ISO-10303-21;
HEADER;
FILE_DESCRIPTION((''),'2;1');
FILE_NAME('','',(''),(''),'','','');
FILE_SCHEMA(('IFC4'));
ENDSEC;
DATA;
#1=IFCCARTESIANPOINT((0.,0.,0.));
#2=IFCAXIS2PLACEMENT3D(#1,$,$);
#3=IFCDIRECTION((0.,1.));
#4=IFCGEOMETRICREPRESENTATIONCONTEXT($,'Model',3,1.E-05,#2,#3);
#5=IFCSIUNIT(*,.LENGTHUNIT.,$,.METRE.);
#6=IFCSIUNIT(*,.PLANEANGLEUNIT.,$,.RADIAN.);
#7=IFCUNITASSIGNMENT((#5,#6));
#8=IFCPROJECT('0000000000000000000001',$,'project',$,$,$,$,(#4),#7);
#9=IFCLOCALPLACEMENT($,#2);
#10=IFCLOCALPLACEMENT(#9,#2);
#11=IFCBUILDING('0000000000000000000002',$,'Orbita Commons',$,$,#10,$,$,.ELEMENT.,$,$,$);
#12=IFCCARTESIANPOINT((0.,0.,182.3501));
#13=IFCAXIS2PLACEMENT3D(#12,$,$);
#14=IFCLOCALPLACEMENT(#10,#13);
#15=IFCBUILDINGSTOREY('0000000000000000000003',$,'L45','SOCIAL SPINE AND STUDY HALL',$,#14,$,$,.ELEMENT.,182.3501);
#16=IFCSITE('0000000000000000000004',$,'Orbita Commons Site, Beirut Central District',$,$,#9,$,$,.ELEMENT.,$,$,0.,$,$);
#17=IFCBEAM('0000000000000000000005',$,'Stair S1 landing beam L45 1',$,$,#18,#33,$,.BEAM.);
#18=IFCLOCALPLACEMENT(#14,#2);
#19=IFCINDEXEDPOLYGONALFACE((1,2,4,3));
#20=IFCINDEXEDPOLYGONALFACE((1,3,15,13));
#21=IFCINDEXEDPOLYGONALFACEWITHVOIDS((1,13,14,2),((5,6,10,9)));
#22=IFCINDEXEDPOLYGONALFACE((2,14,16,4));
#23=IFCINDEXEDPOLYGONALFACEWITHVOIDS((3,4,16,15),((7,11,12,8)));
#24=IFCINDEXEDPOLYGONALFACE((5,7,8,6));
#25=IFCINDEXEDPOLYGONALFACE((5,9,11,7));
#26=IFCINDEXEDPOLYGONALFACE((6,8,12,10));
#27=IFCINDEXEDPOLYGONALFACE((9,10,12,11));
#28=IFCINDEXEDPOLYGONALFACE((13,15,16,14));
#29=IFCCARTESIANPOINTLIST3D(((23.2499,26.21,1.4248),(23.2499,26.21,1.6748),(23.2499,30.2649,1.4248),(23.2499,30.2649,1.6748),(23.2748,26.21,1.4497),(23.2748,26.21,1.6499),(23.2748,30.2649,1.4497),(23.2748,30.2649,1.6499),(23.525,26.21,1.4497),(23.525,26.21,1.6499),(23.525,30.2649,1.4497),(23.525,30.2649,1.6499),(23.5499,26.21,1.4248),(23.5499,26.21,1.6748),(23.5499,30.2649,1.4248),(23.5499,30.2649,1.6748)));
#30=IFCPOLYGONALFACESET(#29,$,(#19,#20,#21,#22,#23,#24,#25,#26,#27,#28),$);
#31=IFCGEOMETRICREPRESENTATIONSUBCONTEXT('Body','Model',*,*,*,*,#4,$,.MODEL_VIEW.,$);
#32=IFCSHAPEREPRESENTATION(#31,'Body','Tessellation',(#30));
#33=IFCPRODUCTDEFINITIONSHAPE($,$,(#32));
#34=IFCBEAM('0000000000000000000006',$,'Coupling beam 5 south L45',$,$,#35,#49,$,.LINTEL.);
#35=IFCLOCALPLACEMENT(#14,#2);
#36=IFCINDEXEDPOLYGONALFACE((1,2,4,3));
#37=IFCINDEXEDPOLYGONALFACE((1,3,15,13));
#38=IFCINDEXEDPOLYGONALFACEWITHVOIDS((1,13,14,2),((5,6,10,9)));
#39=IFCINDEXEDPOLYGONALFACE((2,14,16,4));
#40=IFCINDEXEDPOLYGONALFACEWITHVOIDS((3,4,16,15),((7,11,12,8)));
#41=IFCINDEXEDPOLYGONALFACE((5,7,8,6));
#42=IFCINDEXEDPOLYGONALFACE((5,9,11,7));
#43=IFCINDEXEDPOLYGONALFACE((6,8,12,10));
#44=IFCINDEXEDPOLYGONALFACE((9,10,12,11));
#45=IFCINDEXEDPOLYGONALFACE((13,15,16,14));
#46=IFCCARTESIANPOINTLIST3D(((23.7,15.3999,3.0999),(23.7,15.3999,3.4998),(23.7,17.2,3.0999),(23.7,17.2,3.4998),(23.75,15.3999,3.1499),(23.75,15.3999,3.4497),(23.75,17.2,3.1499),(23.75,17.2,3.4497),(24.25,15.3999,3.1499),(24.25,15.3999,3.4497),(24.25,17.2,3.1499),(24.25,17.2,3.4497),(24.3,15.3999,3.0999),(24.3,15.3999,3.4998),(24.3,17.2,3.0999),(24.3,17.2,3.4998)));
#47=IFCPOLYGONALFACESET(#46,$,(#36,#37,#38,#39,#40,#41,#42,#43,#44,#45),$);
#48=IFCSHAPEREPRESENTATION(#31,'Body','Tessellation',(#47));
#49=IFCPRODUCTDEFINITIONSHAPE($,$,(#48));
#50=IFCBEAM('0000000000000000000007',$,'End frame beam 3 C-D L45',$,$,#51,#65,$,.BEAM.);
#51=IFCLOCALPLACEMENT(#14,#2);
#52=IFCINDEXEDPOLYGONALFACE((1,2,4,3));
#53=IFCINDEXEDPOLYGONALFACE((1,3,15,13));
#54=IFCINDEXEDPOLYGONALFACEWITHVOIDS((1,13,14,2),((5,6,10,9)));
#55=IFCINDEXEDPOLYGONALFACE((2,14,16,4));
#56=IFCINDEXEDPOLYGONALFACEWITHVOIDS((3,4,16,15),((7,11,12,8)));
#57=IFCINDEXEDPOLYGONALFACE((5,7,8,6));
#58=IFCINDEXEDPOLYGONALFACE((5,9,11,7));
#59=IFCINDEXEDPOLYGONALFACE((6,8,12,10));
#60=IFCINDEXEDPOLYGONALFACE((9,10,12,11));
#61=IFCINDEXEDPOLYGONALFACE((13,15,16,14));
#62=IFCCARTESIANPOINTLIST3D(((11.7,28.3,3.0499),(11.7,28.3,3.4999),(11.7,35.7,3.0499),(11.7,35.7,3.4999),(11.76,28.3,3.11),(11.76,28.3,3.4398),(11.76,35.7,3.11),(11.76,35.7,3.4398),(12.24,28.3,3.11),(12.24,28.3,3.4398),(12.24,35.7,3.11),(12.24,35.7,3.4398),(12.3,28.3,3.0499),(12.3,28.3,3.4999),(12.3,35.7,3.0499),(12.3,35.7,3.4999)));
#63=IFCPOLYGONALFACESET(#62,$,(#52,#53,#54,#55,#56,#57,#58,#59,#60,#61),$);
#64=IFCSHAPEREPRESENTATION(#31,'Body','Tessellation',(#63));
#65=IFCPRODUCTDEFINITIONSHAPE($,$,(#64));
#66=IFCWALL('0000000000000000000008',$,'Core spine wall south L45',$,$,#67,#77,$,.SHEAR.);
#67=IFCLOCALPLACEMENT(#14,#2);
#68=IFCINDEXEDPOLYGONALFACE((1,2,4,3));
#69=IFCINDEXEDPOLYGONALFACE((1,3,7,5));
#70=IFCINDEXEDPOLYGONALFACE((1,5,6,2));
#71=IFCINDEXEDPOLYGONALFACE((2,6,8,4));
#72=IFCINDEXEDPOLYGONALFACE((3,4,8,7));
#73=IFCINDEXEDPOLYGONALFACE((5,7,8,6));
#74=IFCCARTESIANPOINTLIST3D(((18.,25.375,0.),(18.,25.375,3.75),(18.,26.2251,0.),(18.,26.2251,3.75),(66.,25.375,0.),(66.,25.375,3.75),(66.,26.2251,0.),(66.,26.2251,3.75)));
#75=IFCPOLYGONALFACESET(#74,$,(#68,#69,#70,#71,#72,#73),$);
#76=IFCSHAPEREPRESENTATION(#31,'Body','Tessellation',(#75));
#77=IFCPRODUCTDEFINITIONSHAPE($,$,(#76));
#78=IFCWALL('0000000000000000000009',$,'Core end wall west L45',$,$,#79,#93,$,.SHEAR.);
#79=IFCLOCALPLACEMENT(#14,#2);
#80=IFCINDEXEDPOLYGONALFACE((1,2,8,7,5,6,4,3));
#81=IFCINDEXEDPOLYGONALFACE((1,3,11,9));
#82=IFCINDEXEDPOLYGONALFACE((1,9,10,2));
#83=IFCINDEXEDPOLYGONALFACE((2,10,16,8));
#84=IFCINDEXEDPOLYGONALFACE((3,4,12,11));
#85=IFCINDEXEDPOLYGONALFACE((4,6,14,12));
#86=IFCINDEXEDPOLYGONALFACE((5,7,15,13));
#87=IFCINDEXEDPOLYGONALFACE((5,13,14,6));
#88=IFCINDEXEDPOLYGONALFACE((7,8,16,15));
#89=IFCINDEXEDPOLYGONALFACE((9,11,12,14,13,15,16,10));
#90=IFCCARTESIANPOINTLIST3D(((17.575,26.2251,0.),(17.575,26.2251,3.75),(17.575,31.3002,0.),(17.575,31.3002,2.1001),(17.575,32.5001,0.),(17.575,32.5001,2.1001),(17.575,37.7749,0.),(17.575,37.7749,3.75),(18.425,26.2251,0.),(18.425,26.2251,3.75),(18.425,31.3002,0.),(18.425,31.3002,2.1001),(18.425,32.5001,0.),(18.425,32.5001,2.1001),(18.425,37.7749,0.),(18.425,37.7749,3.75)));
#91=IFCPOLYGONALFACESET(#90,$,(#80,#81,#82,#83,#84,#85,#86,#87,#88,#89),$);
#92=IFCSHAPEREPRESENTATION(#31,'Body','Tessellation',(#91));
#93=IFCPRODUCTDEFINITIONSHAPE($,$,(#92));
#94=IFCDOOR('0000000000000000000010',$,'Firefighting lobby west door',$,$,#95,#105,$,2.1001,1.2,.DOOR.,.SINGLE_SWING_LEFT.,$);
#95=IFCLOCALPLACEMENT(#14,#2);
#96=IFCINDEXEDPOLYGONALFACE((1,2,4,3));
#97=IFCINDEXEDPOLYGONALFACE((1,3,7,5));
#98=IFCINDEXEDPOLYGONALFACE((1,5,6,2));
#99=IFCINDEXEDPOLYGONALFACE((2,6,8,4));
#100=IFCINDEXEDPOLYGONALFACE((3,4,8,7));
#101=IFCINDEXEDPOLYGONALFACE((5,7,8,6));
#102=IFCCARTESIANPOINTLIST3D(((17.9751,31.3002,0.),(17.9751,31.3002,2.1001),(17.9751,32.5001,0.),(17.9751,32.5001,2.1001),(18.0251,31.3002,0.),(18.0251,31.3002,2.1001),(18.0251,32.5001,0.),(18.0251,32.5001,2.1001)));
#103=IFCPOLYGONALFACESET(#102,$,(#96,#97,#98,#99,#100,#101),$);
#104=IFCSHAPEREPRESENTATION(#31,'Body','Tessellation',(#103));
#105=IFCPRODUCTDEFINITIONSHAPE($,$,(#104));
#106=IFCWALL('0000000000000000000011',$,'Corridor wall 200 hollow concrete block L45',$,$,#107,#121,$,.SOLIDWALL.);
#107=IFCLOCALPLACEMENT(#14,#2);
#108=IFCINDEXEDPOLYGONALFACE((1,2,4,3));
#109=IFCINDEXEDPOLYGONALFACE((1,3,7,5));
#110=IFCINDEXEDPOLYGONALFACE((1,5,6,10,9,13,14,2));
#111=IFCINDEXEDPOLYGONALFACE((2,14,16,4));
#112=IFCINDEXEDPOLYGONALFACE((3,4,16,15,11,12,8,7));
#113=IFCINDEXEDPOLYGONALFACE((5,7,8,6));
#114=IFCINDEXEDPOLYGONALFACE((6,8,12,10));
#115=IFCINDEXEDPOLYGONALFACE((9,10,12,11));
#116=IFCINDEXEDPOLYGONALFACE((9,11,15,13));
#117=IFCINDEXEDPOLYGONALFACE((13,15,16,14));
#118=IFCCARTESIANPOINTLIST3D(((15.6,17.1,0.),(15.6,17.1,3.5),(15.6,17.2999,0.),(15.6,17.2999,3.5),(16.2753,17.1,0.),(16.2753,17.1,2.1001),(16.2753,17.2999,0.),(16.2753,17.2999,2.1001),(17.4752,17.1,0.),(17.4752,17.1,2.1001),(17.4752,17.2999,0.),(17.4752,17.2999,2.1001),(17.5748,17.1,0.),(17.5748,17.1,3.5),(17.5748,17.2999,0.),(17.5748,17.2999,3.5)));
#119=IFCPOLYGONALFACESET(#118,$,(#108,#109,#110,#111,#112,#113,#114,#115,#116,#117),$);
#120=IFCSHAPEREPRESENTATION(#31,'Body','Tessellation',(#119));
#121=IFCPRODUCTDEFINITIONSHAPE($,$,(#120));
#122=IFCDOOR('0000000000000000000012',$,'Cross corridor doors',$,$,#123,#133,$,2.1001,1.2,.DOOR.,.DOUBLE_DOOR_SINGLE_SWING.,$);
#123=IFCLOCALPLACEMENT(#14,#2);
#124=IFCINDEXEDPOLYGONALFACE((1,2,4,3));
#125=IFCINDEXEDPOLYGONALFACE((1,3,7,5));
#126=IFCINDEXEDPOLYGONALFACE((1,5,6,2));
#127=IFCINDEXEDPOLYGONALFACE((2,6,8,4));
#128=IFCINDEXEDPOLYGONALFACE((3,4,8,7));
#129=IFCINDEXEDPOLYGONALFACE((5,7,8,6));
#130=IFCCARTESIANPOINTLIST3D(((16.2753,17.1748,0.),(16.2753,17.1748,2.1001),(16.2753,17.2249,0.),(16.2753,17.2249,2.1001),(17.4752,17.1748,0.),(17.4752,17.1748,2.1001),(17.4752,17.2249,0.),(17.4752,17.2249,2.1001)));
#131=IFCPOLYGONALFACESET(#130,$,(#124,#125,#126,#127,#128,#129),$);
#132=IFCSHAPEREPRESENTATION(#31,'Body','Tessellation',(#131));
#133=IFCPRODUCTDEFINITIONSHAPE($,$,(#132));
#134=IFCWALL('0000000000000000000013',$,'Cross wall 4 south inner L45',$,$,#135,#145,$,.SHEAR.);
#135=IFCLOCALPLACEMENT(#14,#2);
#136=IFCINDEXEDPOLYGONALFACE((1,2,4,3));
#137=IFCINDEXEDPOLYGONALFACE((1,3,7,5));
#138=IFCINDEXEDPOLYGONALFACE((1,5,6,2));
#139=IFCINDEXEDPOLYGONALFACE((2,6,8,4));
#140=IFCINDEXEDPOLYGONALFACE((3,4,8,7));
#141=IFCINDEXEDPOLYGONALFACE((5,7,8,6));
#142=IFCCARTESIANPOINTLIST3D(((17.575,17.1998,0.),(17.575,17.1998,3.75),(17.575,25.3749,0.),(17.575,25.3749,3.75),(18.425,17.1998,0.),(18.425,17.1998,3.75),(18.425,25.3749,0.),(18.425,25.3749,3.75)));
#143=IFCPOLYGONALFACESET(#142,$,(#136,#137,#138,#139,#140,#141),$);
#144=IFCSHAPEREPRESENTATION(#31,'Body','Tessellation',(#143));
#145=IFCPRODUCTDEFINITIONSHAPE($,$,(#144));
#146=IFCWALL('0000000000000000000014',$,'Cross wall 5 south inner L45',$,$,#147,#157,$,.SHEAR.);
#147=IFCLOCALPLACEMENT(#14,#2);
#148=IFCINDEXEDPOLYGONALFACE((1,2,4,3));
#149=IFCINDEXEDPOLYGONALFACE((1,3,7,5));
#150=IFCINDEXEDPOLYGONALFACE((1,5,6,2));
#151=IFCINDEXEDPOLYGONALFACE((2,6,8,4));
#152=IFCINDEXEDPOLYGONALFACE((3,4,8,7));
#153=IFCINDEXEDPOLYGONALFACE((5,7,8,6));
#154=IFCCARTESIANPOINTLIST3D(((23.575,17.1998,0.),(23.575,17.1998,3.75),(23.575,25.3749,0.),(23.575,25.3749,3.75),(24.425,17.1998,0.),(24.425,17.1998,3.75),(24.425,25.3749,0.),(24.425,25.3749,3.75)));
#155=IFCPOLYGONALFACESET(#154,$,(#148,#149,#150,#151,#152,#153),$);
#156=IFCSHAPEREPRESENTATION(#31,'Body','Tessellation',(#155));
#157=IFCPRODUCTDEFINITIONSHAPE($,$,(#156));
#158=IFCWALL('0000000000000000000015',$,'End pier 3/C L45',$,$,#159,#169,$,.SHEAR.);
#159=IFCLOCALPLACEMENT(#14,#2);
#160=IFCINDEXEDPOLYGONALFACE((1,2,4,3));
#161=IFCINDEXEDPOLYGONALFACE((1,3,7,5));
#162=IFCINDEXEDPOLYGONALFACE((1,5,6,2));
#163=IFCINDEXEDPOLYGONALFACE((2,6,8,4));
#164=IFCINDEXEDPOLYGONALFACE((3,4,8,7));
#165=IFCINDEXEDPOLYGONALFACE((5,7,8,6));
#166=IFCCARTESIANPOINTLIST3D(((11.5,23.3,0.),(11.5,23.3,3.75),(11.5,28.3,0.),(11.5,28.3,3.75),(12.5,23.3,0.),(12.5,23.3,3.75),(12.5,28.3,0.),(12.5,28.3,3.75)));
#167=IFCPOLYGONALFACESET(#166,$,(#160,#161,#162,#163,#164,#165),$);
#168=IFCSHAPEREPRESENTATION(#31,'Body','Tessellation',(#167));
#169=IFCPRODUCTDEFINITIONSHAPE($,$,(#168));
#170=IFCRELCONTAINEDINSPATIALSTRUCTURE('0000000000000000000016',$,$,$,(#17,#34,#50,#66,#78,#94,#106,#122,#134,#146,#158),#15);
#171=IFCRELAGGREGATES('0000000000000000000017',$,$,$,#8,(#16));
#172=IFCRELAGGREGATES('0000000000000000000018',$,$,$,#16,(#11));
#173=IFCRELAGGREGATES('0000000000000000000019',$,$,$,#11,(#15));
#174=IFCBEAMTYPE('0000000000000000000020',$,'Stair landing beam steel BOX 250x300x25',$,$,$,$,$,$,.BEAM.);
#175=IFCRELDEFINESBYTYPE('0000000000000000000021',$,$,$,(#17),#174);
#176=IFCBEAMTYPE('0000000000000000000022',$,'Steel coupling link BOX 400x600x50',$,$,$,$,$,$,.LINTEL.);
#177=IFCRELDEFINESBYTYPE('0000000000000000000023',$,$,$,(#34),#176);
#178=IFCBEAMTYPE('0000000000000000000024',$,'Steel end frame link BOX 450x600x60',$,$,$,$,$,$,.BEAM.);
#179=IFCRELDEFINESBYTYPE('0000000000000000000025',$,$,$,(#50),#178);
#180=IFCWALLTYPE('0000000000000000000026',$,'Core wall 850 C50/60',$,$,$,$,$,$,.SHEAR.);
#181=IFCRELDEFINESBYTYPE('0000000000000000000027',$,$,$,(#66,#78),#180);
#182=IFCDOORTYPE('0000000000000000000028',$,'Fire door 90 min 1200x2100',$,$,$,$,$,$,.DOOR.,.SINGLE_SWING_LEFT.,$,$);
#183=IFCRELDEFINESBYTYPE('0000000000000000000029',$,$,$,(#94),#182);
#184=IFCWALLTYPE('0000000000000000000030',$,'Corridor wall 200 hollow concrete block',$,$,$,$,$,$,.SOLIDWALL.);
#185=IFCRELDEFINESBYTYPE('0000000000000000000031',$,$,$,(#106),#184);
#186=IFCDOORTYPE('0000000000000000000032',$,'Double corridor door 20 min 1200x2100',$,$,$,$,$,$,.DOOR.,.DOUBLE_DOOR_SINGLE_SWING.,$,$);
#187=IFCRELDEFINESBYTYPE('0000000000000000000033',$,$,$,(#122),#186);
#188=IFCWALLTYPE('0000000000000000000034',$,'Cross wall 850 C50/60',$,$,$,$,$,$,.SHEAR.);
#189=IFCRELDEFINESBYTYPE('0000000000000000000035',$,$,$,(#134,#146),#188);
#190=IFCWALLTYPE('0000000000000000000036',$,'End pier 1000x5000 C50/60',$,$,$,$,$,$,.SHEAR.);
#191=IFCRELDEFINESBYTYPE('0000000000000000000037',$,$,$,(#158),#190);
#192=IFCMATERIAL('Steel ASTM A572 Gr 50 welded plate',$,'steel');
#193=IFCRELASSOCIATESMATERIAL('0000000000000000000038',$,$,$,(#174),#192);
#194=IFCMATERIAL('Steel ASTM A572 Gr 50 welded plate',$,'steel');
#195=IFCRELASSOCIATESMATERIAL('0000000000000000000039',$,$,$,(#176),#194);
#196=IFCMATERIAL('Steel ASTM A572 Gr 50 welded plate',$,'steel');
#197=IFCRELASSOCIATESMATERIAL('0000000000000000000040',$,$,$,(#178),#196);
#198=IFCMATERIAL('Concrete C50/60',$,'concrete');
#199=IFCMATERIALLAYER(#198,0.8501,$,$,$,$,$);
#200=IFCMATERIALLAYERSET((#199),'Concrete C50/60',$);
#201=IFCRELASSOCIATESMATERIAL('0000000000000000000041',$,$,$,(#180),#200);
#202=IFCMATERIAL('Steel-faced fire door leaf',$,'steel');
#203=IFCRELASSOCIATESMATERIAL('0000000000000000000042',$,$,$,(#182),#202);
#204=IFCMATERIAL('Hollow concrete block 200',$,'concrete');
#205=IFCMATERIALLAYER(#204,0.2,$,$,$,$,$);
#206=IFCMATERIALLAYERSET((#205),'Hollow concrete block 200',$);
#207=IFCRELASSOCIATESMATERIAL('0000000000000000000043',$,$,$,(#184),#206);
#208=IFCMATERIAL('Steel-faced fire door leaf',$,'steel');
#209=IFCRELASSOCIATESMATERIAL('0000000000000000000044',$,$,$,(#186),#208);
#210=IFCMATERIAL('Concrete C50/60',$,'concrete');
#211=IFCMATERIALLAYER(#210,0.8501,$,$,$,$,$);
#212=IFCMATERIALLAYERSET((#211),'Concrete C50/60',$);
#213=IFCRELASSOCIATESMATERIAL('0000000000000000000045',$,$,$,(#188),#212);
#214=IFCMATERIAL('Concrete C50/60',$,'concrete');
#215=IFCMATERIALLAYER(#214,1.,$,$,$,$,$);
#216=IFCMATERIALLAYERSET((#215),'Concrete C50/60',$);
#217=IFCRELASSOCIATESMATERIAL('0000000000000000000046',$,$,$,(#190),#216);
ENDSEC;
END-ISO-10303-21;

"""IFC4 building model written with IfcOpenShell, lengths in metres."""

from ifc_helpers import new_model, si_unit, direction, frame, frame_2d, origin, origin_2d, place, context, subcontext, project, spatial, rectangle, hollow_rectangle, extrude, material, layer, layer_set, material_profile, profile_set, type_object, element, fill, save


model = new_model("IFC4")

# Units and contexts
model_context = context("Model", 3, precision=1e-05, world=origin(), true_north=direction((0.0, 1.0)))
body_context = subcontext(model_context, "Body", "Model", "MODEL_VIEW")
ifc_project = project(units=[si_unit("LENGTHUNIT", "METRE"), si_unit("PLANEANGLEUNIT", "RADIAN")], contexts=[model_context])

# Site, building, storey
site_placement = place(None, origin())
site = spatial("IfcSite", under=ifc_project, at=site_placement, Name="Orbita Commons Site, Beirut Central District", CompositionType="ELEMENT", RefElevation=0.0)
building_placement = place(site_placement, origin())
building = spatial("IfcBuilding", under=site, at=building_placement, Name="Orbita Commons", CompositionType="ELEMENT")
storey_placement = place(building_placement, frame((0.0, 0.0, 182.3501)))
storey = spatial("IfcBuildingStorey", under=building, at=storey_placement, Name="L45", Description="SOCIAL SPINE AND STUDY HALL", CompositionType="ELEMENT", Elevation=182.3501)

# Beams
ifc_material_1 = material(Name="Steel ASTM A572 Gr 50 welded plate", Category="steel")
ifc_material_profile_1 = material_profile(ifc_material_1, hollow_rectangle(XDim=0.3, YDim=0.25, WallThickness=0.0249, at=origin_2d()), Name="BOX 250x300x25")
ifc_profile_set_1 = profile_set([ifc_material_profile_1], Name="Steel ASTM A572 Gr 50 welded plate")
beam_type_1 = type_object("IfcBeamType", Name="Stair landing beam steel BOX 250x300x25", PredefinedType="BEAM", material=ifc_profile_set_1)
beam_1_placement = place(storey_placement, frame((23.3999, 26.21, 1.5498), z_axis=(0.0, 1.0, 0.0), x_axis=(-1.0, 0.0, 0.0)))
element("IfcBeam", 1, at=beam_1_placement, inside=storey, type_object=beam_type_1, Name="Stair S1 landing beam L45 1", PredefinedType="BEAM", context=body_context, shape_type="SweptSolid", body=[
    extrude(hollow_rectangle(XDim=0.3, YDim=0.25, WallThickness=0.0249, at=origin_2d()), origin(), (0.0, 0.0, 1.0), 4.0549),
])
ifc_material_2 = material(Name="Steel ASTM A572 Gr 50 welded plate", Category="steel")
ifc_material_profile_2 = material_profile(ifc_material_2, hollow_rectangle(XDim=0.6001, YDim=0.3999, WallThickness=0.05, at=origin_2d()), Name="BOX 400x600x50")
ifc_profile_set_2 = profile_set([ifc_material_profile_2], Name="Steel ASTM A572 Gr 50 welded plate")
beam_type_2 = type_object("IfcBeamType", Name="Steel coupling link BOX 400x600x50", PredefinedType="LINTEL", material=ifc_profile_set_2)
beam_2_placement = place(storey_placement, frame((24.0, 15.3999, 3.2998), z_axis=(0.0, 1.0, 0.0), x_axis=(-1.0, 0.0, 0.0)))
element("IfcBeam", 2, at=beam_2_placement, inside=storey, type_object=beam_type_2, Name="Coupling beam 5 south L45", PredefinedType="LINTEL", context=body_context, shape_type="SweptSolid", body=[
    extrude(hollow_rectangle(XDim=0.6001, YDim=0.3999, WallThickness=0.05, at=origin_2d()), origin(), (0.0, 0.0, 1.0), 1.8),
])
ifc_material_3 = material(Name="Steel ASTM A572 Gr 50 welded plate", Category="steel")
ifc_material_profile_3 = material_profile(ifc_material_3, hollow_rectangle(XDim=0.6001, YDim=0.45, WallThickness=0.0601, at=origin_2d()), Name="BOX 450x600x60")
ifc_profile_set_3 = profile_set([ifc_material_profile_3], Name="Steel ASTM A572 Gr 50 welded plate")
beam_type_3 = type_object("IfcBeamType", Name="Steel end frame link BOX 450x600x60", PredefinedType="BEAM", material=ifc_profile_set_3)
beam_3_placement = place(storey_placement, frame((12.0, 28.3, 3.2749), z_axis=(0.0, 1.0, 0.0), x_axis=(-1.0, 0.0, 0.0)))
element("IfcBeam", 3, at=beam_3_placement, inside=storey, type_object=beam_type_3, Name="End frame beam 3 C-D L45", PredefinedType="BEAM", context=body_context, shape_type="SweptSolid", body=[
    extrude(hollow_rectangle(XDim=0.6001, YDim=0.45, WallThickness=0.0601, at=origin_2d()), origin(), (0.0, 0.0, 1.0), 7.3999),
])

# Wall
ifc_material_4 = material(Name="Concrete C50/60", Category="concrete")
ifc_layer_1 = layer(ifc_material_4, 0.8501)
ifc_layer_set_1 = layer_set([ifc_layer_1], Name="Concrete C50/60")
wall_type_1 = type_object("IfcWallType", Name="Core wall 850 C50/60", PredefinedType="SHEAR", material=ifc_layer_set_1)
wall_1_placement = place(storey_placement, frame((18.0, 25.8, 0.0), z_axis=(0.0, 0.0, 1.0), x_axis=(1.0, 0.0, 0.0)))
element("IfcWall", 4, at=wall_1_placement, inside=storey, type_object=wall_type_1, Name="Core spine wall south L45", PredefinedType="SHEAR", context=body_context, shape_type="SweptSolid", body=[
    extrude(rectangle(XDim=48.0, YDim=0.8501, at=frame_2d((24.0, 0.0))), origin(), (0.0, 0.0, 1.0), 3.75),
])

# Walls, openings, doors
wall_2_placement = place(storey_placement, frame((18.0, 26.2251, 0.0), z_axis=(0.0, 0.0, 1.0), x_axis=(0.0, 1.0, 0.0)))
wall_2 = element("IfcWall", 5, at=wall_2_placement, inside=storey, type_object=wall_type_1, Name="Core end wall west L45", PredefinedType="SHEAR", context=body_context, shape_type="SweptSolid", body=[
    extrude(rectangle(XDim=11.5498, YDim=0.8501, at=frame_2d((5.7749, 0.0))), origin(), (0.0, 0.0, 1.0), 3.75),
])
opening_1_placement = place(wall_2_placement, frame((5.075, 0.0, 0.0)))
opening_1 = element("IfcOpeningElement", 6, at=opening_1_placement, cuts=wall_2, PredefinedType="OPENING", context=body_context, shape_type="SweptSolid", body=[
    extrude(rectangle(XDim=1.2, YDim=2.1001, at=frame_2d((0.6001, 1.05))), frame((0.0, 0.4351, 0.0), z_axis=(0.0, -1.0, 0.0), x_axis=(1.0, 0.0, 0.0)), (0.0, 0.0, 1.0), 0.8701),
])
ifc_material_5 = material(Name="Steel-faced fire door leaf", Category="steel")
door_type_1 = type_object("IfcDoorType", Name="Fire door 90 min 1200x2100", OperationType="SINGLE_SWING_LEFT", PredefinedType="DOOR", material=ifc_material_5)
door_1_placement = place(opening_1_placement, origin())
door_1 = element("IfcDoor", 7, at=door_1_placement, inside=storey, type_object=door_type_1, Name="Firefighting lobby west door", OperationType="SINGLE_SWING_LEFT", OverallHeight=2.1001, OverallWidth=1.2, PredefinedType="DOOR", context=body_context, shape_type="SweptSolid", body=[
    extrude(rectangle(XDim=1.2, YDim=2.1001, at=frame_2d((0.6001, 1.05))), frame((0.0, 0.0249, 0.0), z_axis=(0.0, -1.0, 0.0), x_axis=(1.0, 0.0, 0.0)), (0.0, 0.0, 1.0), 0.05),
])
fill(opening_1, door_1)
ifc_material_6 = material(Name="Hollow concrete block 200", Category="concrete")
ifc_layer_2 = layer(ifc_material_6, 0.2)
ifc_layer_set_2 = layer_set([ifc_layer_2], Name="Hollow concrete block 200")
wall_type_2 = type_object("IfcWallType", Name="Corridor wall 200 hollow concrete block", PredefinedType="SOLIDWALL", material=ifc_layer_set_2)
wall_3_placement = place(storey_placement, frame((15.6001, 17.2, 0.0), z_axis=(0.0, 0.0, 1.0), x_axis=(1.0, 0.0, 0.0)))
wall_3 = element("IfcWall", 8, at=wall_3_placement, inside=storey, type_object=wall_type_2, Name="Corridor wall 200 hollow concrete block L45", PredefinedType="SOLIDWALL", context=body_context, shape_type="SweptSolid", body=[
    extrude(rectangle(XDim=1.9749, YDim=0.2, at=frame_2d((0.9873, 0.0))), origin(), (0.0, 0.0, 1.0), 3.5),
])
opening_2_placement = place(wall_3_placement, frame((0.675, 0.0, 0.0)))
opening_2 = element("IfcOpeningElement", 9, at=opening_2_placement, cuts=wall_3, PredefinedType="OPENING", context=body_context, shape_type="SweptSolid", body=[
    extrude(rectangle(XDim=1.2, YDim=2.1001, at=frame_2d((0.6001, 1.05))), frame((0.0, 0.1099, 0.0), z_axis=(0.0, -1.0, 0.0), x_axis=(1.0, 0.0, 0.0)), (0.0, 0.0, 1.0), 0.22),
])
ifc_material_7 = material(Name="Steel-faced fire door leaf", Category="steel")
door_type_2 = type_object("IfcDoorType", Name="Double corridor door 20 min 1200x2100", OperationType="DOUBLE_DOOR_SINGLE_SWING", PredefinedType="DOOR", material=ifc_material_7)
door_2_placement = place(opening_2_placement, origin())
door_2 = element("IfcDoor", 10, at=door_2_placement, inside=storey, type_object=door_type_2, Name="Cross corridor doors", OperationType="DOUBLE_DOOR_SINGLE_SWING", OverallHeight=2.1001, OverallWidth=1.2, PredefinedType="DOOR", context=body_context, shape_type="SweptSolid", body=[
    extrude(rectangle(XDim=1.2, YDim=2.1001, at=frame_2d((0.6001, 1.05))), frame((0.0, 0.0249, 0.0), z_axis=(0.0, -1.0, 0.0), x_axis=(1.0, 0.0, 0.0)), (0.0, 0.0, 1.0), 0.05),
])
fill(opening_2, door_2)

# Walls
ifc_material_8 = material(Name="Concrete C50/60", Category="concrete")
ifc_layer_3 = layer(ifc_material_8, 0.8501)
ifc_layer_set_3 = layer_set([ifc_layer_3], Name="Concrete C50/60")
wall_type_3 = type_object("IfcWallType", Name="Cross wall 850 C50/60", PredefinedType="SHEAR", material=ifc_layer_set_3)
for number, where, z_axis, x_axis, name in (
    (11, (18.0, 17.2, 0.0), (0.0, 0.0, 1.0), (0.0, 1.0, 0.0), "Cross wall 4 south inner L45"),
    (12, (24.0, 17.2, 0.0), (0.0, 0.0, 1.0), (0.0, 1.0, 0.0), "Cross wall 5 south inner L45"),
):
    element("IfcWall", number, at=place(storey_placement, frame(where, z_axis=z_axis, x_axis=x_axis)), inside=storey, type_object=wall_type_3, Name=name, PredefinedType="SHEAR", context=body_context, shape_type="SweptSolid", body=[
        extrude(rectangle(XDim=8.175, YDim=0.8501, at=frame_2d((4.0874, 0.0))), origin(), (0.0, 0.0, 1.0), 3.75),
    ])
ifc_material_9 = material(Name="Concrete C50/60", Category="concrete")
ifc_layer_4 = layer(ifc_material_9, 1.0)
ifc_layer_set_4 = layer_set([ifc_layer_4], Name="Concrete C50/60")
wall_type_4 = type_object("IfcWallType", Name="End pier 1000x5000 C50/60", PredefinedType="SHEAR", material=ifc_layer_set_4)
wall_4_placement = place(storey_placement, frame((12.0, 23.3, 0.0), z_axis=(0.0, 0.0, 1.0), x_axis=(0.0, 1.0, 0.0)))
element("IfcWall", 13, at=wall_4_placement, inside=storey, type_object=wall_type_4, Name="End pier 3/C L45", PredefinedType="SHEAR", context=body_context, shape_type="SweptSolid", body=[
    extrude(rectangle(XDim=5.0, YDim=1.0, at=frame_2d((2.5, 0.0))), origin(), (0.0, 0.0, 1.0), 3.75),
])

save(model, "model.ifc")
